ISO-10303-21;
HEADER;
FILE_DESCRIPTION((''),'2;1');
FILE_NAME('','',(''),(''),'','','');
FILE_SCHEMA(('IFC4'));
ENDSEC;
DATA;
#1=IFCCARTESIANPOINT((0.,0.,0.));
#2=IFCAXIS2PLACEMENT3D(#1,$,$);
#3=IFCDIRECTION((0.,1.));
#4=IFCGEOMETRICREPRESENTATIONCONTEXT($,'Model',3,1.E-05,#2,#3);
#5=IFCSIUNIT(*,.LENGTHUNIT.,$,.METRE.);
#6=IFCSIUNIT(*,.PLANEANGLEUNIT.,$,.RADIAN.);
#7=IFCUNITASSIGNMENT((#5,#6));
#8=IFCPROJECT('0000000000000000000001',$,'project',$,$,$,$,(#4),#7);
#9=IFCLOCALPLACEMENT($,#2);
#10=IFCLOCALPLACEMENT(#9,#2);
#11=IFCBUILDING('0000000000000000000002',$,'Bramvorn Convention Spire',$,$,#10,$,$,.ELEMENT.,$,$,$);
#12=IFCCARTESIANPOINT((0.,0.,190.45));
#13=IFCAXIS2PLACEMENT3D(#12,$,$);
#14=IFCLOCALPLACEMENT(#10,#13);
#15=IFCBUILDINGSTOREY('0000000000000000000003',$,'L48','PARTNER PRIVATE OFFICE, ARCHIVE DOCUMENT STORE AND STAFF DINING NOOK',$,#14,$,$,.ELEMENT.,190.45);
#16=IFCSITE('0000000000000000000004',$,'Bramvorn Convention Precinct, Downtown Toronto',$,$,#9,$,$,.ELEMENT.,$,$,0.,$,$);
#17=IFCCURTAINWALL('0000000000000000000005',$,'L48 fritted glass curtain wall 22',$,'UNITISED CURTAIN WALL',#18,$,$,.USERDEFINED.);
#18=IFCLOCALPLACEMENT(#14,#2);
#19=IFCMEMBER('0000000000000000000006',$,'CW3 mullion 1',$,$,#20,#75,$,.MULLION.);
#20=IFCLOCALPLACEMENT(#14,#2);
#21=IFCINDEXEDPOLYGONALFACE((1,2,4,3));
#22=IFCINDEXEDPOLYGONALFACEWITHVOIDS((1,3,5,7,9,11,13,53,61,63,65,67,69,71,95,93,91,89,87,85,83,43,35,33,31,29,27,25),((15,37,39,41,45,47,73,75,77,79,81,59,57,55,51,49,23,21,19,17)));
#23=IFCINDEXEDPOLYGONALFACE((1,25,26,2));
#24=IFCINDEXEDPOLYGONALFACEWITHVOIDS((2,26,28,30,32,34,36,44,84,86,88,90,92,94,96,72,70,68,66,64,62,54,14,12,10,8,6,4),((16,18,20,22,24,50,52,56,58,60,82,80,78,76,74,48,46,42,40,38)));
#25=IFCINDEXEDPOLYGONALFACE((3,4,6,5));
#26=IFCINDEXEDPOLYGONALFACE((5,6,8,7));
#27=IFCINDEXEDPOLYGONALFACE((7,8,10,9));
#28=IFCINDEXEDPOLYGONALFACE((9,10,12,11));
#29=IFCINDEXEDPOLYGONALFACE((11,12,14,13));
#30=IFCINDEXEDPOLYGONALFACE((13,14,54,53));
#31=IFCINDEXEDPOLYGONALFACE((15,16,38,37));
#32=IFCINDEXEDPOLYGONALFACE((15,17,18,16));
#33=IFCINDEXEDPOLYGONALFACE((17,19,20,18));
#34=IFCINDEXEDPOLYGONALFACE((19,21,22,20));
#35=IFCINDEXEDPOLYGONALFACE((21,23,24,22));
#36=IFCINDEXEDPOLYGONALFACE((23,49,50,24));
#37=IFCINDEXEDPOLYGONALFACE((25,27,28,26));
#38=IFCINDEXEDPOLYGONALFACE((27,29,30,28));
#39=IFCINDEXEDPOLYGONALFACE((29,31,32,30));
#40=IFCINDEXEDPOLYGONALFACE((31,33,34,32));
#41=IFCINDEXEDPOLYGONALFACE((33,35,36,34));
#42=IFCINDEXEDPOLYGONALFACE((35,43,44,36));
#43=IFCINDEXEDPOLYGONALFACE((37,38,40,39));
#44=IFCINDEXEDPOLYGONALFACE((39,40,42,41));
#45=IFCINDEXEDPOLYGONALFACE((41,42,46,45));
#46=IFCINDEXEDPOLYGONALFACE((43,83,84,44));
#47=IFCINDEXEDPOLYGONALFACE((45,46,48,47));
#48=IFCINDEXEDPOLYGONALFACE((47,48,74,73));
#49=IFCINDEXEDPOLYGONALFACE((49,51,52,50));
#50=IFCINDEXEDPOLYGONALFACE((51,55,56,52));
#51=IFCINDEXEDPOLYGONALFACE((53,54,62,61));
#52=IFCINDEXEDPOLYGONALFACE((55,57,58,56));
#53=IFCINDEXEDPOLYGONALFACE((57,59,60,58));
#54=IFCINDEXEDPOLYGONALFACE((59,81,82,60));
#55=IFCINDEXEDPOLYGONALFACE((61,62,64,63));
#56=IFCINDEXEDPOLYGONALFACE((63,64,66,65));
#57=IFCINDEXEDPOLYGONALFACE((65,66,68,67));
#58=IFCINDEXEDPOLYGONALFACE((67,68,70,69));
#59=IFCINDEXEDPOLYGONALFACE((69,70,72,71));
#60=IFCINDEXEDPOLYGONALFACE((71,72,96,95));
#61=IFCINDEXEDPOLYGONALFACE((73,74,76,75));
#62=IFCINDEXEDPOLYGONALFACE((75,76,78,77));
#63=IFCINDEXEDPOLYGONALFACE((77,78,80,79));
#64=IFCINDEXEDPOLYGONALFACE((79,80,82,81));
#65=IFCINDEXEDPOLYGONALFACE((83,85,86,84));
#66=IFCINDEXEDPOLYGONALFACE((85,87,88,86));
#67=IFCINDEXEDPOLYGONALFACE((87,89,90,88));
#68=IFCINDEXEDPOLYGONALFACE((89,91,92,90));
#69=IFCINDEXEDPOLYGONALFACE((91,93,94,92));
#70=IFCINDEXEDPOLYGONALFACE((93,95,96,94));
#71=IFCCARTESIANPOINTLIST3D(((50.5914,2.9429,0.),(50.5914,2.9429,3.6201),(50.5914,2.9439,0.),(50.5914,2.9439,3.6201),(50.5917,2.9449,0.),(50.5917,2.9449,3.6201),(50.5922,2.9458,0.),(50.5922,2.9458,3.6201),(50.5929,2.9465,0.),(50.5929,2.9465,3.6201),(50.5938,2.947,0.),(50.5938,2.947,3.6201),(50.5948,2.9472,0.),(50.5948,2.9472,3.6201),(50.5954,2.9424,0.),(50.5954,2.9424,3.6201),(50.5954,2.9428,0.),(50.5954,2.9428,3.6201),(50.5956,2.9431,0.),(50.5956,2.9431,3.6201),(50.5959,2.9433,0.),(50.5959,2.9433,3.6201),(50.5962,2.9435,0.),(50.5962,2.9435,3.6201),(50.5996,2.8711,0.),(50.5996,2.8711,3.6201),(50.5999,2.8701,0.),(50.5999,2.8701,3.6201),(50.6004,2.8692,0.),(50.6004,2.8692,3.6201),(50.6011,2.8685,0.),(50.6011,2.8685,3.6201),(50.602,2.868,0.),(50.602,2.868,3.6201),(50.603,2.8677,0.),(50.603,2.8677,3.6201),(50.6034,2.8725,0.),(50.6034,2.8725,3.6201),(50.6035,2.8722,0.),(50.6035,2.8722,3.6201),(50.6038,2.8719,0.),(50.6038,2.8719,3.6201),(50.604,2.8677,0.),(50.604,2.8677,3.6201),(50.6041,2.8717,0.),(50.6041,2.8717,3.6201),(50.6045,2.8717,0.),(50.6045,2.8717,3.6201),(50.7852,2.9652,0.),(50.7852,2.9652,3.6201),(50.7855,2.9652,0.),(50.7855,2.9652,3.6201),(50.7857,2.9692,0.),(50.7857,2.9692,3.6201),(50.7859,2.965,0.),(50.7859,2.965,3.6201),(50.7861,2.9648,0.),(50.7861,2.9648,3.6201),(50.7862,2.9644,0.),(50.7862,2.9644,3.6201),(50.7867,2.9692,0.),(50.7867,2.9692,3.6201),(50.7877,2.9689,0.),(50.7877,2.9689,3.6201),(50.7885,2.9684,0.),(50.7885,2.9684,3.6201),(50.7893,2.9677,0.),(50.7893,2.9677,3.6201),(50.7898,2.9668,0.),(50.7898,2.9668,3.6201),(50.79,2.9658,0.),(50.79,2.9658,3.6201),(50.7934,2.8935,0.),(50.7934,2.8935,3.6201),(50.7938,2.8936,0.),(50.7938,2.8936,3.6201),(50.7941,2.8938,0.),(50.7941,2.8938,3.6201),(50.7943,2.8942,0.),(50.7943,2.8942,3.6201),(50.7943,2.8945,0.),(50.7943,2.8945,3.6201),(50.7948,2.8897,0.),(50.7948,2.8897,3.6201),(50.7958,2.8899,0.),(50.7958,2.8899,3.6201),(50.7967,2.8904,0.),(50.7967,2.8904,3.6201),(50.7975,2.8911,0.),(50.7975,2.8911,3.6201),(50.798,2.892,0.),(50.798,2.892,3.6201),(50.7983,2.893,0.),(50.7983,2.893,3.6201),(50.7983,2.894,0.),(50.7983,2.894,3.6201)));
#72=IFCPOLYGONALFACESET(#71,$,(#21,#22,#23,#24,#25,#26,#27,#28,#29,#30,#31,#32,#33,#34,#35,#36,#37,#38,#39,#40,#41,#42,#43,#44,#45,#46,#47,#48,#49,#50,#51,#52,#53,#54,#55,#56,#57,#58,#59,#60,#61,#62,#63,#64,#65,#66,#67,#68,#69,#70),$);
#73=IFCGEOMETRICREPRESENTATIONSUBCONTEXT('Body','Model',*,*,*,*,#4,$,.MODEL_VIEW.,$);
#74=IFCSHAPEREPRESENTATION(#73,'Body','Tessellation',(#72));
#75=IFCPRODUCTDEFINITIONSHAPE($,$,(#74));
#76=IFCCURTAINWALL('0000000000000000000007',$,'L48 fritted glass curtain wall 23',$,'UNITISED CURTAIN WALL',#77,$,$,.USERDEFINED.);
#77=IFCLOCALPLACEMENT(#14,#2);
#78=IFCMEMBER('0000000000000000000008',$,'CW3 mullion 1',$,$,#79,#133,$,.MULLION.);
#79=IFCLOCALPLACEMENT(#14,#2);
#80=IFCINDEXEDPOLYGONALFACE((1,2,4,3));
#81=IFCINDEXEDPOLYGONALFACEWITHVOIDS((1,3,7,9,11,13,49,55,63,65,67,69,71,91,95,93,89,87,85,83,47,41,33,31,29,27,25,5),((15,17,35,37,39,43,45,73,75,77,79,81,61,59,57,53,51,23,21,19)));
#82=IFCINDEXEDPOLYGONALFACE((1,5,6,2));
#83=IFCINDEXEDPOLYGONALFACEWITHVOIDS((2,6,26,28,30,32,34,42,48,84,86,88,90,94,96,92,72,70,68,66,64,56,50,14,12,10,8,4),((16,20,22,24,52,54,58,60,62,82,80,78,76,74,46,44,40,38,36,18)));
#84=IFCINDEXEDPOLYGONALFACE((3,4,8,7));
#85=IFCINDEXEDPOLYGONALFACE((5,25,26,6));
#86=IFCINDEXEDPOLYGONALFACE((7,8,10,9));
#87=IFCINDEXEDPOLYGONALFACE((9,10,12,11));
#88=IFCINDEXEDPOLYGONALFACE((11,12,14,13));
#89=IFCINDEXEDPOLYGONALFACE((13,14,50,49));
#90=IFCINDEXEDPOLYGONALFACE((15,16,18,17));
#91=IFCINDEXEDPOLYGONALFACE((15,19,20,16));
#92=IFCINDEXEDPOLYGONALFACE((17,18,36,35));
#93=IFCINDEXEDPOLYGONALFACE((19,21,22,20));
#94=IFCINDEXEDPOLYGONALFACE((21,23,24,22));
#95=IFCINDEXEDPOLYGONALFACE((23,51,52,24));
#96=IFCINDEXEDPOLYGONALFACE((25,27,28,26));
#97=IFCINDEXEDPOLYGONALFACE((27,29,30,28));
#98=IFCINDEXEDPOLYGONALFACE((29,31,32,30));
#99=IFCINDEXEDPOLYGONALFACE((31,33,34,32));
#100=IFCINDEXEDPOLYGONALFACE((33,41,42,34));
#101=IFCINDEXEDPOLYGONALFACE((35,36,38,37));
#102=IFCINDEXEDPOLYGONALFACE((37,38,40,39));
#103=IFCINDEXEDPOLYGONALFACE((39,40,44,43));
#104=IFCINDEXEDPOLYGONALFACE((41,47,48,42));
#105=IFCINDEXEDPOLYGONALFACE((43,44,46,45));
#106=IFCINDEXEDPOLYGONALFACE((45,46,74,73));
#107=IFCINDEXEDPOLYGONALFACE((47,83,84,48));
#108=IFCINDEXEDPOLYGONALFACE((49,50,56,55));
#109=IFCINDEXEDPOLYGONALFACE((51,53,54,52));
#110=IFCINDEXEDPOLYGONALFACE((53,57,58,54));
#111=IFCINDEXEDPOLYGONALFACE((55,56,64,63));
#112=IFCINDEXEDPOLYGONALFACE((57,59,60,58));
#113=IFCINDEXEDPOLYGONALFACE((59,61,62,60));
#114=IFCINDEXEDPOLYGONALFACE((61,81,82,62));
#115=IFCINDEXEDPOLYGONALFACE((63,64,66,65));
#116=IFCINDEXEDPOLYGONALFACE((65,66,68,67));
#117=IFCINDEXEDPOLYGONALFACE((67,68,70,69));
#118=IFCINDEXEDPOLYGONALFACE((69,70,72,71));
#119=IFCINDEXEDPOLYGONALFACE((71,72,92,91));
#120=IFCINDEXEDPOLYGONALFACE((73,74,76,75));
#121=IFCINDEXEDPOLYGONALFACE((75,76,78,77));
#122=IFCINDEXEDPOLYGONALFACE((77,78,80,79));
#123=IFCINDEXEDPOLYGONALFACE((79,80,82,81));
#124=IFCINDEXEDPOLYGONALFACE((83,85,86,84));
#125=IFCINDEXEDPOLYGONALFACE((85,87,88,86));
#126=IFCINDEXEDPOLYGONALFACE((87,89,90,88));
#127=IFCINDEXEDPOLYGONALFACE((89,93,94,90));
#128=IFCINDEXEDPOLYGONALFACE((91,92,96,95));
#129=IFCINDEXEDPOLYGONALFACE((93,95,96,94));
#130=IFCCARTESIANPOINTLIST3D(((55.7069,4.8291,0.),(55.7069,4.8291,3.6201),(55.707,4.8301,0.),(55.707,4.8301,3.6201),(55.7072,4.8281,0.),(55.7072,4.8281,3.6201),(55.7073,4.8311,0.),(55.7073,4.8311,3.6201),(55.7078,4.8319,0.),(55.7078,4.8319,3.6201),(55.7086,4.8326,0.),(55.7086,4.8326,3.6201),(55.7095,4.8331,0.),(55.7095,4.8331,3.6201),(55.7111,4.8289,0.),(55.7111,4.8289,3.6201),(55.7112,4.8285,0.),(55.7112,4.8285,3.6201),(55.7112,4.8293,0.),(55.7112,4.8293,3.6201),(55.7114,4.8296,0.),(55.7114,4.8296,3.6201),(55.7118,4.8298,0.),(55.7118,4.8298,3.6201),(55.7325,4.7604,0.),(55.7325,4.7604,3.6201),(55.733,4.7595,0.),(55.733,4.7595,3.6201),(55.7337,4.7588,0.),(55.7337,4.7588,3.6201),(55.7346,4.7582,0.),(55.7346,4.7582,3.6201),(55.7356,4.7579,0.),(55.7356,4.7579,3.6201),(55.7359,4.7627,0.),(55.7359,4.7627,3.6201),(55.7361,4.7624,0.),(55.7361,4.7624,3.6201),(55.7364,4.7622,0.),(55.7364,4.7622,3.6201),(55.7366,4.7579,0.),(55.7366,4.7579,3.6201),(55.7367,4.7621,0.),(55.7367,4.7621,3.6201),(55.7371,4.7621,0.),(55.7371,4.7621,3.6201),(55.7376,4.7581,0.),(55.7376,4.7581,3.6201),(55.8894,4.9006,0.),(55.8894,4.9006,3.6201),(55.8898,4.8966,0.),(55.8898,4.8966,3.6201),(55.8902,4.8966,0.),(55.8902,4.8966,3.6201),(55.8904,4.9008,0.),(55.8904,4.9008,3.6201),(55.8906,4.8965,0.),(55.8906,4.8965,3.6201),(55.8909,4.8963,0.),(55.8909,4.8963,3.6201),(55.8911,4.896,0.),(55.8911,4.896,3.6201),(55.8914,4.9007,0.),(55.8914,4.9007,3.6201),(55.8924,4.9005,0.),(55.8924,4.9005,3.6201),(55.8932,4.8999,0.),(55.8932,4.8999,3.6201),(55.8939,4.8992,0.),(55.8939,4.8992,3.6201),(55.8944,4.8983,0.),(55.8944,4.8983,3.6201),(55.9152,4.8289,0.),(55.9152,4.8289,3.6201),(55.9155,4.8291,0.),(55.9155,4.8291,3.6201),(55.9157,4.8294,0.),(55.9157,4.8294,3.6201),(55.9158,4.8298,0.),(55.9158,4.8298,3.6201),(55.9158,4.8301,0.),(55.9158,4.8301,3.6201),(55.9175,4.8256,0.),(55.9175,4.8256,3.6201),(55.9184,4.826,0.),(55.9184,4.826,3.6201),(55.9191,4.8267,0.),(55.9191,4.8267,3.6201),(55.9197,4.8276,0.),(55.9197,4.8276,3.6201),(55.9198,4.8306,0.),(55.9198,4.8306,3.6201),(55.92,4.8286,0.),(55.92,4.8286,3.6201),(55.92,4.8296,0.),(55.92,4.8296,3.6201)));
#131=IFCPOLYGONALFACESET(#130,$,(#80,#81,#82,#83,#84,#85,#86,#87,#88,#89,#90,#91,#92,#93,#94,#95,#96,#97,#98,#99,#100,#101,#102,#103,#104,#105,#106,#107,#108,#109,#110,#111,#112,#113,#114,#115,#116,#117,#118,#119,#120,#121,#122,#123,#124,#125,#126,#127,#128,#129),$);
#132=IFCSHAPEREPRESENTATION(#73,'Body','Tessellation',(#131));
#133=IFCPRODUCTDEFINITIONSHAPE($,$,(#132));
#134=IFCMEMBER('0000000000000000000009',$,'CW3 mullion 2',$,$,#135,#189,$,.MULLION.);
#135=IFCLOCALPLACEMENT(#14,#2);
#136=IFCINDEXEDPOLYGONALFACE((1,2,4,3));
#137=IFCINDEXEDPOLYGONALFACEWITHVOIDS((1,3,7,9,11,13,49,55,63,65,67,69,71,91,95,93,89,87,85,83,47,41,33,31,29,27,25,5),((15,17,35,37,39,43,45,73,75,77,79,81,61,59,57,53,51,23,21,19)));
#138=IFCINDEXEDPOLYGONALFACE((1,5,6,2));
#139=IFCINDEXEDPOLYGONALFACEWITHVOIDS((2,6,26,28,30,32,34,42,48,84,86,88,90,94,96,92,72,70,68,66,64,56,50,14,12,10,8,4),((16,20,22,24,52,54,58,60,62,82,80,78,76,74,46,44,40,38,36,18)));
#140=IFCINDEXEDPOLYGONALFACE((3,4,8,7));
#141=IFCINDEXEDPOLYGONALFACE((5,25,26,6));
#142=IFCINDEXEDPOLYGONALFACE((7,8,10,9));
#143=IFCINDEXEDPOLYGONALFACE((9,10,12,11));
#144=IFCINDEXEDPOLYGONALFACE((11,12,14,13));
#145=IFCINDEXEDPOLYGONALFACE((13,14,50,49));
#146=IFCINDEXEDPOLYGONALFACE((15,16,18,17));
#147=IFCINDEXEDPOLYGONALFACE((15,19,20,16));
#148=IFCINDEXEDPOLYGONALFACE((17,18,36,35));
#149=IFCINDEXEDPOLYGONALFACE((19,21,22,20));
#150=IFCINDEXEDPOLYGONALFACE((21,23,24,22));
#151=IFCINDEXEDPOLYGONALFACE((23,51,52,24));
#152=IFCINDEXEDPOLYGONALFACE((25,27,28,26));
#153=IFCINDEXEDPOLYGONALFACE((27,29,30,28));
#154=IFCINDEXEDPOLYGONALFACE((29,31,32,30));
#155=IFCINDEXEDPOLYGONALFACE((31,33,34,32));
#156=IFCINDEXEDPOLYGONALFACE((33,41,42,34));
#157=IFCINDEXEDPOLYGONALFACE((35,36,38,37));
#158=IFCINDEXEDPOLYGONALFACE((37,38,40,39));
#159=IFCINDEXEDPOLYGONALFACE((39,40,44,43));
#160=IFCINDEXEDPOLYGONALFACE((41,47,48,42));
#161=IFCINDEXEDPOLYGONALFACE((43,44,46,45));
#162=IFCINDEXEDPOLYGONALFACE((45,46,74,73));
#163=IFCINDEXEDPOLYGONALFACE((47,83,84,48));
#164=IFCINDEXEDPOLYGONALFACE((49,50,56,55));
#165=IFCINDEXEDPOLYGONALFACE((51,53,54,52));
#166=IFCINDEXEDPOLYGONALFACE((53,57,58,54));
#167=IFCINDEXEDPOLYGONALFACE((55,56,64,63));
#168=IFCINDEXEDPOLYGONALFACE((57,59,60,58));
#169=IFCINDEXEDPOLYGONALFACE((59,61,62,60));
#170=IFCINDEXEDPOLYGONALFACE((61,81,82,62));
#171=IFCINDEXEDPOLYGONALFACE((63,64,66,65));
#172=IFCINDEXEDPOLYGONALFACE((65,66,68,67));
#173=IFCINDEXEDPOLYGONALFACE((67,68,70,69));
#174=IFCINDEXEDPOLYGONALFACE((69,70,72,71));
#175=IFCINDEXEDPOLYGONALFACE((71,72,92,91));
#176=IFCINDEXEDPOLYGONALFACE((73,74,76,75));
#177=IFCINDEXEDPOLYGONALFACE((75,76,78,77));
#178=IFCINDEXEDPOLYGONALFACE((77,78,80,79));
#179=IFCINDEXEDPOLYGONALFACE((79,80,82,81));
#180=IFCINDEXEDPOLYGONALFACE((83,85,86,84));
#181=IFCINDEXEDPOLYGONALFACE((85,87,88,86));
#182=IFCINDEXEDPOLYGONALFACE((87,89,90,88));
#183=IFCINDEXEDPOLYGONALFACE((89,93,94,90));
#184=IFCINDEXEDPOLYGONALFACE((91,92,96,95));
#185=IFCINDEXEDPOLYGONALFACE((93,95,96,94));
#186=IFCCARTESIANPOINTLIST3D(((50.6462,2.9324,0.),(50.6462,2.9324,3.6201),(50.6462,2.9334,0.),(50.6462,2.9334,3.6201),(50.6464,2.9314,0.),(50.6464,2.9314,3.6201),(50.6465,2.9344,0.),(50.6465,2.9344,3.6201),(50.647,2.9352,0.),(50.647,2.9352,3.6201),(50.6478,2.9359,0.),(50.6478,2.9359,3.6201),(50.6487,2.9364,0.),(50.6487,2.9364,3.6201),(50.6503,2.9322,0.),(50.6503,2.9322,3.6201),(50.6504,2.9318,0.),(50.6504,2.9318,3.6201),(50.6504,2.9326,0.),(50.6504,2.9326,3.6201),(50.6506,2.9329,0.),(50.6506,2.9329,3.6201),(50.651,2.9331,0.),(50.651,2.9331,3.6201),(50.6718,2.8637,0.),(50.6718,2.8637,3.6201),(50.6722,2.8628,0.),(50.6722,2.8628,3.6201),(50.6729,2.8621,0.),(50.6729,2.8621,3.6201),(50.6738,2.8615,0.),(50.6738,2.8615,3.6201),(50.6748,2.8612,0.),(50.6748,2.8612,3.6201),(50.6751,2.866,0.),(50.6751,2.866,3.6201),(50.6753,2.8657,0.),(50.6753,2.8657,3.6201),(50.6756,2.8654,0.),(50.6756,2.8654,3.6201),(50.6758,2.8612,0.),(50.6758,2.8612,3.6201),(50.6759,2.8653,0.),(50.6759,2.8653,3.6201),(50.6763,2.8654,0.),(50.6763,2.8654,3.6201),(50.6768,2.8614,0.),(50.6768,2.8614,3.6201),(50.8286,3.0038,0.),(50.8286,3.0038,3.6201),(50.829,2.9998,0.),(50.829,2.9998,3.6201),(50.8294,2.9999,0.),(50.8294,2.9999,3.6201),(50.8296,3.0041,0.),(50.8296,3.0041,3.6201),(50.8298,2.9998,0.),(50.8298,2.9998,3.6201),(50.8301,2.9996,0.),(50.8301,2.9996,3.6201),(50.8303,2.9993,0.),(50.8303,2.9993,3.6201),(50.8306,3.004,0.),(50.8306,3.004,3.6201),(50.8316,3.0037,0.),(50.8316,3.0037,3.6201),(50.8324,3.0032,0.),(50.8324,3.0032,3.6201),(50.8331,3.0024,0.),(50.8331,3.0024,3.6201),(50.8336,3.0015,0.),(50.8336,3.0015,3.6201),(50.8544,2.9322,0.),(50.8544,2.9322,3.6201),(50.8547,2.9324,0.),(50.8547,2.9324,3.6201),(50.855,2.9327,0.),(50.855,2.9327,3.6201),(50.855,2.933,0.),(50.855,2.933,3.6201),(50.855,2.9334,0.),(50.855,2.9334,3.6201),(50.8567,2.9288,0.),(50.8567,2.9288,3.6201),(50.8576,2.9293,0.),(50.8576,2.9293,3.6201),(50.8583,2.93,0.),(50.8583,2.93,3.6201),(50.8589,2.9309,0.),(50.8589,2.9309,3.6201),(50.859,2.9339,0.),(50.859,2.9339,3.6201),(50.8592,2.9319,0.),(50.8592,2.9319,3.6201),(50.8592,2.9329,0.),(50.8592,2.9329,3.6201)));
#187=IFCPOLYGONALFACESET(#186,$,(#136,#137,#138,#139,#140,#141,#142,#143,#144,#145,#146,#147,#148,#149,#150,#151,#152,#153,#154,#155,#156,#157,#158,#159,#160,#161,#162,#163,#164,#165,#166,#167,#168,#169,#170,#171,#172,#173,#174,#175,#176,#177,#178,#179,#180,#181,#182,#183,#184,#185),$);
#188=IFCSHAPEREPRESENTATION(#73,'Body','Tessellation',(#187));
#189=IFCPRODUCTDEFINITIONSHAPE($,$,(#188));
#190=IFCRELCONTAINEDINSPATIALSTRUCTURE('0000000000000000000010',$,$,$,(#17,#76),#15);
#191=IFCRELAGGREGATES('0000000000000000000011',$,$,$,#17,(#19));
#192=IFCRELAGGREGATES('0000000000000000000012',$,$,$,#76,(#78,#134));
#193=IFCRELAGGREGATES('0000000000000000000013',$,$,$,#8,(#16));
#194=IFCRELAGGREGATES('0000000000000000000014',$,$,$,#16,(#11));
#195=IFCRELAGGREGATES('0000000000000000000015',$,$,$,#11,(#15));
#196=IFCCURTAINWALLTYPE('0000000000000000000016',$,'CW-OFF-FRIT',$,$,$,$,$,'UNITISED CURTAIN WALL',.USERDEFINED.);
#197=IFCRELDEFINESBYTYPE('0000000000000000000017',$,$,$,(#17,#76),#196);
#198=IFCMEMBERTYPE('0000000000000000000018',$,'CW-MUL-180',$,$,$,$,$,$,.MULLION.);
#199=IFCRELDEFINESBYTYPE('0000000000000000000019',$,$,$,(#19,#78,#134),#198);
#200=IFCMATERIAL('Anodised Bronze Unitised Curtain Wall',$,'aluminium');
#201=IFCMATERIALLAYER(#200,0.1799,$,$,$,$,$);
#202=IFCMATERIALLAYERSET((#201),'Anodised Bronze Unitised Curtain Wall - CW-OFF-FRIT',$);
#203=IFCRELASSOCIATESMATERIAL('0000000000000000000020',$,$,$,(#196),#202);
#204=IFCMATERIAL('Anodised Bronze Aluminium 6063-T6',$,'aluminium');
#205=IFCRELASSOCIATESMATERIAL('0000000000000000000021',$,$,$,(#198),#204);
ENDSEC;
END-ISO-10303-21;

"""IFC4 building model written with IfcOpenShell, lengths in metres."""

from ifc_helpers import new_model, si_unit, direction, frame, origin, origin_2d, place, context, subcontext, project, spatial, hollow_rectangle, extrude, material, layer, layer_set, material_profile, profile_set, type_object, element, aggregate, save


model = new_model("IFC4")

# Units and contexts
model_context = context("Model", 3, precision=1e-05, world=origin(), true_north=direction((0.0, 1.0)))
body_context = subcontext(model_context, "Body", "Model", "MODEL_VIEW")
ifc_project = project(units=[si_unit("LENGTHUNIT", "METRE"), si_unit("PLANEANGLEUNIT", "RADIAN")], contexts=[model_context])

# Site, building, storey
site_placement = place(None, origin())
site = spatial("IfcSite", under=ifc_project, at=site_placement, Name="Bramvorn Convention Precinct, Downtown Toronto", CompositionType="ELEMENT", RefElevation=0.0)
building_placement = place(site_placement, origin())
building = spatial("IfcBuilding", under=site, at=building_placement, Name="Bramvorn Convention Spire", CompositionType="ELEMENT")
storey_placement = place(building_placement, frame((0.0, 0.0, 190.45)))
storey = spatial("IfcBuildingStorey", under=building, at=storey_placement, Name="L48", Description="PARTNER PRIVATE OFFICE, ARCHIVE DOCUMENT STORE AND STAFF DINING NOOK", CompositionType="ELEMENT", Elevation=190.45)

# Curtain wall, member
ifc_material_1 = material(Name="Anodised Bronze Unitised Curtain Wall", Category="aluminium")
ifc_layer_1 = layer(ifc_material_1, 0.1799)
ifc_layer_set_1 = layer_set([ifc_layer_1], Name="Anodised Bronze Unitised Curtain Wall - CW-OFF-FRIT")
curtain_wall_type = type_object("IfcCurtainWallType", Name="CW-OFF-FRIT", ElementType="UNITISED CURTAIN WALL", PredefinedType="USERDEFINED", material=ifc_layer_set_1)
curtain_wall_1_placement = place(storey_placement, origin())
curtain_wall_1 = element("IfcCurtainWall", 1, at=curtain_wall_1_placement, inside=storey, type_object=curtain_wall_type, Name="L48 fritted glass curtain wall 22", ObjectType="UNITISED CURTAIN WALL", PredefinedType="USERDEFINED")
ifc_material_2 = material(Name="Anodised Bronze Aluminium 6063-T6", Category="aluminium")
ifc_material_profile_1 = material_profile(ifc_material_2, hollow_rectangle(XDim=0.0801, YDim=0.2, WallThickness=0.0039, InnerFilletRadius=0.001, OuterFilletRadius=0.0039, at=origin_2d()))
ifc_profile_set_1 = profile_set([ifc_material_profile_1], Name="Anodised Bronze Aluminium 6063-T6 - CWM80X200")
member_type_1 = type_object("IfcMemberType", Name="CW-MUL-180", PredefinedType="MULLION", material=ifc_profile_set_1)
member_1_placement = place(storey_placement, frame((50.6948, 2.9185, 0.0), z_axis=(0.0, 0.0, 1.0), x_axis=(0.114577, -0.993414, 0.0)))
member_1 = element("IfcMember", 2, at=member_1_placement, type_object=member_type_1, Name="CW3 mullion 1", PredefinedType="MULLION", context=body_context, shape_type="SweptSolid", body=[
    extrude(hollow_rectangle(XDim=0.0801, YDim=0.2, WallThickness=0.0039, InnerFilletRadius=0.001, OuterFilletRadius=0.0039, at=origin_2d()), origin(), (0.0, 0.0, 1.0), 3.6201),
])

# Curtain wall, members
curtain_wall_2_placement = place(storey_placement, origin())
curtain_wall_2 = element("IfcCurtainWall", 3, at=curtain_wall_2_placement, inside=storey, type_object=curtain_wall_type, Name="L48 fritted glass curtain wall 23", ObjectType="UNITISED CURTAIN WALL", PredefinedType="USERDEFINED")
member_2_placement = place(storey_placement, frame((55.8135, 4.8293, 0.0), z_axis=(0.0, 0.0, 1.0), x_axis=(0.350957, -0.936392, 0.0)))
member_2 = element("IfcMember", 4, at=member_2_placement, type_object=member_type_1, Name="CW3 mullion 1", PredefinedType="MULLION", context=body_context, shape_type="SweptSolid", body=[
    extrude(hollow_rectangle(XDim=0.0801, YDim=0.2, WallThickness=0.0039, InnerFilletRadius=0.001, OuterFilletRadius=0.0039, at=origin_2d()), origin(), (0.0, 0.0, 1.0), 3.6201),
])
member_3_placement = place(storey_placement, frame((50.7527, 2.9326, 0.0), z_axis=(0.0, 0.0, 1.0), x_axis=(0.350957, -0.936392, 0.0)))
member_3 = element("IfcMember", 5, at=member_3_placement, type_object=member_type_1, Name="CW3 mullion 2", PredefinedType="MULLION", context=body_context, shape_type="SweptSolid", body=[
    extrude(hollow_rectangle(XDim=0.0801, YDim=0.2, WallThickness=0.0039, InnerFilletRadius=0.001, OuterFilletRadius=0.0039, at=origin_2d()), origin(), (0.0, 0.0, 1.0), 3.6201),
])

aggregate(curtain_wall_1, [member_1])
aggregate(curtain_wall_2, [member_2, member_3])

save(model, "model.ifc")
